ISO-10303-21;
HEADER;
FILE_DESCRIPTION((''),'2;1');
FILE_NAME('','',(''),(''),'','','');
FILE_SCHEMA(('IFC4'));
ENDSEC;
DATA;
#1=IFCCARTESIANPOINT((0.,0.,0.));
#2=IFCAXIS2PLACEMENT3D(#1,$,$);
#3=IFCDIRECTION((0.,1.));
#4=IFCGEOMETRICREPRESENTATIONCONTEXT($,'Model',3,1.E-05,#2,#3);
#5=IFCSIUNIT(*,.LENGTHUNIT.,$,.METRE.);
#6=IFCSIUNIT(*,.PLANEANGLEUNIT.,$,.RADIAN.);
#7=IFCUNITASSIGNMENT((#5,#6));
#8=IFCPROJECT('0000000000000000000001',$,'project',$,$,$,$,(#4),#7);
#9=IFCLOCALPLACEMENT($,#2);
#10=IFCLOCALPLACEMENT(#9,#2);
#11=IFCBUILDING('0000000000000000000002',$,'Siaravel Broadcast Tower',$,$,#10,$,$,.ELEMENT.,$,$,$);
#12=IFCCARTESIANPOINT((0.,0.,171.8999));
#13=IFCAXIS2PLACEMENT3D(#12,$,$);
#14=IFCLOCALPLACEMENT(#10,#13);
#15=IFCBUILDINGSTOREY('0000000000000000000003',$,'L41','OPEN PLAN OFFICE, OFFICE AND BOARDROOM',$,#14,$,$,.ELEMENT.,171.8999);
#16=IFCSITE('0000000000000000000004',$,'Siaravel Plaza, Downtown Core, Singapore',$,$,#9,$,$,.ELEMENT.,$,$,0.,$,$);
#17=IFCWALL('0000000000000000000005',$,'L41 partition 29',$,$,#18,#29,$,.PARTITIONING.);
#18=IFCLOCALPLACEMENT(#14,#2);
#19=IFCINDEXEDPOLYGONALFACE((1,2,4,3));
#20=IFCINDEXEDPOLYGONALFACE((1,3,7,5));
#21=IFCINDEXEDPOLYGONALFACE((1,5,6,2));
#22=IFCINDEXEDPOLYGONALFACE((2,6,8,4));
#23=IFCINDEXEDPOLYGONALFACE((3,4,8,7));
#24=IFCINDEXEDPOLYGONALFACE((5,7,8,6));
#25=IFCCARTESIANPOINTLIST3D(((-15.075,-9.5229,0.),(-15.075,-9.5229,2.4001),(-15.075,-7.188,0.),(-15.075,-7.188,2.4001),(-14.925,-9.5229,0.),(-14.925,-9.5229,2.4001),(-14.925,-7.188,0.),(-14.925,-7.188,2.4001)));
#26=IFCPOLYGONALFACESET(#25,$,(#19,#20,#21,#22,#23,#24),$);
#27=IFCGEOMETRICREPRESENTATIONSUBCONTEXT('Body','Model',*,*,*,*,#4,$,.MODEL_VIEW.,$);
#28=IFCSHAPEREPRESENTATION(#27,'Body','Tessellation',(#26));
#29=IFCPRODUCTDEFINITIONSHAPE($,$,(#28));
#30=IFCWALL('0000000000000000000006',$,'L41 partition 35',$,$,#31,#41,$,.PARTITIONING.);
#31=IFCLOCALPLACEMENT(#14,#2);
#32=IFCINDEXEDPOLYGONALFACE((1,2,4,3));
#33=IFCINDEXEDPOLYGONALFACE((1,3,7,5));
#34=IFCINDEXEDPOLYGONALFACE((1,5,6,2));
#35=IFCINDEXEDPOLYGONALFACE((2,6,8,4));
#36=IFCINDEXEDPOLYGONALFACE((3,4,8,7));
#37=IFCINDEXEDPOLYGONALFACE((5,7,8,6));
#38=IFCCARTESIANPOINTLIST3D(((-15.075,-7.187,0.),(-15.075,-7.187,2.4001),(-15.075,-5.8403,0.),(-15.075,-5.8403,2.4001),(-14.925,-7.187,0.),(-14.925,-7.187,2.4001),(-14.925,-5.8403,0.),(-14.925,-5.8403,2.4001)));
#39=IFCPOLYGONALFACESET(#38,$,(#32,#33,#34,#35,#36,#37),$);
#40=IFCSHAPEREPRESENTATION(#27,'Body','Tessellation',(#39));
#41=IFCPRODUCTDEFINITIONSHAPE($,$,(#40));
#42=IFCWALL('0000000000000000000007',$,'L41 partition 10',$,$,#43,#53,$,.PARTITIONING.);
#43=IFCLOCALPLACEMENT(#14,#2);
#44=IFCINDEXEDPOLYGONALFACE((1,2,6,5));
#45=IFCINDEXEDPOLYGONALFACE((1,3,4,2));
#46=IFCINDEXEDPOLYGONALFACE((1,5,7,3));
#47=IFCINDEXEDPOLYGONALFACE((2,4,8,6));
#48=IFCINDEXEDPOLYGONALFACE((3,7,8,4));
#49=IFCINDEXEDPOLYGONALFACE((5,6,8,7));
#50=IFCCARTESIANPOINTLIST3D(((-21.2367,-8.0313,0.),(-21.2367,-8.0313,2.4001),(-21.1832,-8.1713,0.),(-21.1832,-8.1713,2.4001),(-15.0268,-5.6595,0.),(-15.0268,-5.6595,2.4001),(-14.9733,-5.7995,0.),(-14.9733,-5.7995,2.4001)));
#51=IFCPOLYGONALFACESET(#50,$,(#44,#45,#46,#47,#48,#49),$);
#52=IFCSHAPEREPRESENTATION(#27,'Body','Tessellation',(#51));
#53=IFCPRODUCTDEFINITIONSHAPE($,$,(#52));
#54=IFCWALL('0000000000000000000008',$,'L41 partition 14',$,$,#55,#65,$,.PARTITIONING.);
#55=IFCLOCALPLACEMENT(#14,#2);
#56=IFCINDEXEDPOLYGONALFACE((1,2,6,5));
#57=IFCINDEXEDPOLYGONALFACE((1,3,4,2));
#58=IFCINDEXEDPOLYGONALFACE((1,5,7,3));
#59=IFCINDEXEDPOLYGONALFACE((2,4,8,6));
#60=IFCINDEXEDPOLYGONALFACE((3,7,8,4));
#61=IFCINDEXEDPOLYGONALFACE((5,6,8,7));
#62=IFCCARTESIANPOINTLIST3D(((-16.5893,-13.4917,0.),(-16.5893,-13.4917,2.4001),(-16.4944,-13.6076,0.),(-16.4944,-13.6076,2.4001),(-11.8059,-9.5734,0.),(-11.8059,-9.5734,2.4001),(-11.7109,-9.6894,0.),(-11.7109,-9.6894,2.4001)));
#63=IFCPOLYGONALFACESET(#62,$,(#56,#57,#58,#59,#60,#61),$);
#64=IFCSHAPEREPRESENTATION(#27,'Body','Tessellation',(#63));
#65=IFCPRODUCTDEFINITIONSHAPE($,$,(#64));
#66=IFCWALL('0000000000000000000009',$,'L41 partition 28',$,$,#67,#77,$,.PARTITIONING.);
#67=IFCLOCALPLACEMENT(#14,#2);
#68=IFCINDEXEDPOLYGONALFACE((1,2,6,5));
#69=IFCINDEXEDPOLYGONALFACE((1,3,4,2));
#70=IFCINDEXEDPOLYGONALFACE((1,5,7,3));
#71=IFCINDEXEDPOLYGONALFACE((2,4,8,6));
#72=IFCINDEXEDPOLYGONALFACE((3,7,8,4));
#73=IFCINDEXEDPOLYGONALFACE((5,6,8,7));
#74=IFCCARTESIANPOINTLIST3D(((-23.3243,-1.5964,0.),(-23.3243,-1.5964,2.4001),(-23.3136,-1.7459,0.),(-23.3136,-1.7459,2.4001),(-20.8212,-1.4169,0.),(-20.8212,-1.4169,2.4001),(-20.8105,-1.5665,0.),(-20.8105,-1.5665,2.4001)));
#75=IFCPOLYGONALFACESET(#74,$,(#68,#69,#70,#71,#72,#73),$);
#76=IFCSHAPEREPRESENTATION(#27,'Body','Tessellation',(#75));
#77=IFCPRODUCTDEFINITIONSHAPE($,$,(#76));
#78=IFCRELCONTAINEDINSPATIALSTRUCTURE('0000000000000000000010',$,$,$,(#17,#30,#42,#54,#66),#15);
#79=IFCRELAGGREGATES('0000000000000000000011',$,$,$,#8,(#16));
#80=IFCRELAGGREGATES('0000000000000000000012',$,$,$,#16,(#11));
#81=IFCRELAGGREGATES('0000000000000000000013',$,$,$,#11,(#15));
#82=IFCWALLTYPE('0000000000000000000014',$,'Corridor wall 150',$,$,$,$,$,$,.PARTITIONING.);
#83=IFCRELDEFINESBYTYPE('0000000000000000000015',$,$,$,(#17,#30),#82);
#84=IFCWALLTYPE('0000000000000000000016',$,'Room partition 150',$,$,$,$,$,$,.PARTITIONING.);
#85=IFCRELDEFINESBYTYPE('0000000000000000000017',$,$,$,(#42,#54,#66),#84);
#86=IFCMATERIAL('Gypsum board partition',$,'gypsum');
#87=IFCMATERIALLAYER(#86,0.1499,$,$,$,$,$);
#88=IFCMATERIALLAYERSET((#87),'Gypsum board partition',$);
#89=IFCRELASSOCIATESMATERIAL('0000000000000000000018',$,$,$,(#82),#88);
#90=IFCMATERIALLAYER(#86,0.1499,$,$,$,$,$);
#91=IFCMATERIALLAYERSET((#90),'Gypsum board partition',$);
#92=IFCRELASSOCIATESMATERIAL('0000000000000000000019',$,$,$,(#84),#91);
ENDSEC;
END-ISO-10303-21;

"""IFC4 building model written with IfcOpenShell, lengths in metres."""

from ifc_helpers import new_model, si_unit, direction, frame, frame_2d, origin, place, context, subcontext, project, spatial, rectangle, extrude, material, layer, layer_set, type_object, element, save


model = new_model("IFC4")

# Units and contexts
model_context = context("Model", 3, precision=1e-05, world=origin(), true_north=direction((0.0, 1.0)))
body_context = subcontext(model_context, "Body", "Model", "MODEL_VIEW")
ifc_project = project(units=[si_unit("LENGTHUNIT", "METRE"), si_unit("PLANEANGLEUNIT", "RADIAN")], contexts=[model_context])

# Site, building, storey
site_placement = place(None, origin())
site = spatial("IfcSite", under=ifc_project, at=site_placement, Name="Siaravel Plaza, Downtown Core, Singapore", CompositionType="ELEMENT", RefElevation=0.0)
building_placement = place(site_placement, origin())
building = spatial("IfcBuilding", under=site, at=building_placement, Name="Siaravel Broadcast Tower", CompositionType="ELEMENT")
storey_placement = place(building_placement, frame((0.0, 0.0, 171.8999)))
storey = spatial("IfcBuildingStorey", under=building, at=storey_placement, Name="L41", Description="OPEN PLAN OFFICE, OFFICE AND BOARDROOM", CompositionType="ELEMENT", Elevation=171.8999)

# Shared definitions
ifc_material_1 = material(Name="Gypsum board partition", Category="gypsum")
ifc_layer_1 = layer(ifc_material_1, 0.1499)
ifc_layer_set_1 = layer_set([ifc_layer_1], Name="Gypsum board partition")
wall_type_1 = type_object("IfcWallType", Name="Corridor wall 150", PredefinedType="PARTITIONING", material=ifc_layer_set_1)

# Walls
wall_1_placement = place(storey_placement, frame((-15.0, -7.188, 0.0), z_axis=(0.0, 0.0, 1.0), x_axis=(0.0, -1.0, 0.0)))
element("IfcWall", 1, at=wall_1_placement, inside=storey, type_object=wall_type_1, Name="L41 partition 29", PredefinedType="PARTITIONING", context=body_context, shape_type="SweptSolid", body=[
    extrude(rectangle(XDim=2.335, YDim=0.1499, at=frame_2d((1.1675, 0.0))), origin(), (0.0, 0.0, 1.0), 2.4001),
])
wall_2_placement = place(storey_placement, frame((-15.0, -5.8403, 0.0), z_axis=(0.0, 0.0, 1.0), x_axis=(0.0, -1.0, 0.0)))
element("IfcWall", 2, at=wall_2_placement, inside=storey, type_object=wall_type_1, Name="L41 partition 35", PredefinedType="PARTITIONING", context=body_context, shape_type="SweptSolid", body=[
    extrude(rectangle(XDim=1.3467, YDim=0.1499, at=frame_2d((0.6733, 0.0))), origin(), (0.0, 0.0, 1.0), 2.4001),
])
ifc_layer_2 = layer(ifc_material_1, 0.1499)
ifc_layer_set_2 = layer_set([ifc_layer_2], Name="Gypsum board partition")
wall_type_2 = type_object("IfcWallType", Name="Room partition 150", PredefinedType="PARTITIONING", material=ifc_layer_set_2)
wall_3_placement = place(storey_placement, frame((-21.21, -8.1013, 0.0), z_axis=(0.0, 0.0, 1.0), x_axis=(0.934181, 0.3568, 0.0)))
element("IfcWall", 3, at=wall_3_placement, inside=storey, type_object=wall_type_2, Name="L41 partition 10", PredefinedType="PARTITIONING", context=body_context, shape_type="SweptSolid", body=[
    extrude(rectangle(XDim=6.6475, YDim=0.1499, at=frame_2d((3.3237, 0.0))), origin(), (0.0, 0.0, 1.0), 2.4001),
])
wall_4_placement = place(storey_placement, frame((-11.7583, -9.6313, 0.0), z_axis=(0.0, 0.0, 1.0), x_axis=(-0.773602, -0.633672, 0.0)))
element("IfcWall", 4, at=wall_4_placement, inside=storey, type_object=wall_type_2, Name="L41 partition 14", PredefinedType="PARTITIONING", context=body_context, shape_type="SweptSolid", body=[
    extrude(rectangle(XDim=6.1833, YDim=0.1499, at=frame_2d((3.0918, 0.0))), origin(), (0.0, 0.0, 1.0), 2.4001),
])
wall_5_placement = place(storey_placement, frame((-23.3191, -1.6711, 0.0), z_axis=(0.0, 0.0, 1.0), x_axis=(0.99744, 0.071503, 0.0)))
element("IfcWall", 5, at=wall_5_placement, inside=storey, type_object=wall_type_2, Name="L41 partition 28", PredefinedType="PARTITIONING", context=body_context, shape_type="SweptSolid", body=[
    extrude(rectangle(XDim=2.5095, YDim=0.1499, at=frame_2d((1.2549, 0.0))), origin(), (0.0, 0.0, 1.0), 2.4001),
])

save(model, "model.ifc")
